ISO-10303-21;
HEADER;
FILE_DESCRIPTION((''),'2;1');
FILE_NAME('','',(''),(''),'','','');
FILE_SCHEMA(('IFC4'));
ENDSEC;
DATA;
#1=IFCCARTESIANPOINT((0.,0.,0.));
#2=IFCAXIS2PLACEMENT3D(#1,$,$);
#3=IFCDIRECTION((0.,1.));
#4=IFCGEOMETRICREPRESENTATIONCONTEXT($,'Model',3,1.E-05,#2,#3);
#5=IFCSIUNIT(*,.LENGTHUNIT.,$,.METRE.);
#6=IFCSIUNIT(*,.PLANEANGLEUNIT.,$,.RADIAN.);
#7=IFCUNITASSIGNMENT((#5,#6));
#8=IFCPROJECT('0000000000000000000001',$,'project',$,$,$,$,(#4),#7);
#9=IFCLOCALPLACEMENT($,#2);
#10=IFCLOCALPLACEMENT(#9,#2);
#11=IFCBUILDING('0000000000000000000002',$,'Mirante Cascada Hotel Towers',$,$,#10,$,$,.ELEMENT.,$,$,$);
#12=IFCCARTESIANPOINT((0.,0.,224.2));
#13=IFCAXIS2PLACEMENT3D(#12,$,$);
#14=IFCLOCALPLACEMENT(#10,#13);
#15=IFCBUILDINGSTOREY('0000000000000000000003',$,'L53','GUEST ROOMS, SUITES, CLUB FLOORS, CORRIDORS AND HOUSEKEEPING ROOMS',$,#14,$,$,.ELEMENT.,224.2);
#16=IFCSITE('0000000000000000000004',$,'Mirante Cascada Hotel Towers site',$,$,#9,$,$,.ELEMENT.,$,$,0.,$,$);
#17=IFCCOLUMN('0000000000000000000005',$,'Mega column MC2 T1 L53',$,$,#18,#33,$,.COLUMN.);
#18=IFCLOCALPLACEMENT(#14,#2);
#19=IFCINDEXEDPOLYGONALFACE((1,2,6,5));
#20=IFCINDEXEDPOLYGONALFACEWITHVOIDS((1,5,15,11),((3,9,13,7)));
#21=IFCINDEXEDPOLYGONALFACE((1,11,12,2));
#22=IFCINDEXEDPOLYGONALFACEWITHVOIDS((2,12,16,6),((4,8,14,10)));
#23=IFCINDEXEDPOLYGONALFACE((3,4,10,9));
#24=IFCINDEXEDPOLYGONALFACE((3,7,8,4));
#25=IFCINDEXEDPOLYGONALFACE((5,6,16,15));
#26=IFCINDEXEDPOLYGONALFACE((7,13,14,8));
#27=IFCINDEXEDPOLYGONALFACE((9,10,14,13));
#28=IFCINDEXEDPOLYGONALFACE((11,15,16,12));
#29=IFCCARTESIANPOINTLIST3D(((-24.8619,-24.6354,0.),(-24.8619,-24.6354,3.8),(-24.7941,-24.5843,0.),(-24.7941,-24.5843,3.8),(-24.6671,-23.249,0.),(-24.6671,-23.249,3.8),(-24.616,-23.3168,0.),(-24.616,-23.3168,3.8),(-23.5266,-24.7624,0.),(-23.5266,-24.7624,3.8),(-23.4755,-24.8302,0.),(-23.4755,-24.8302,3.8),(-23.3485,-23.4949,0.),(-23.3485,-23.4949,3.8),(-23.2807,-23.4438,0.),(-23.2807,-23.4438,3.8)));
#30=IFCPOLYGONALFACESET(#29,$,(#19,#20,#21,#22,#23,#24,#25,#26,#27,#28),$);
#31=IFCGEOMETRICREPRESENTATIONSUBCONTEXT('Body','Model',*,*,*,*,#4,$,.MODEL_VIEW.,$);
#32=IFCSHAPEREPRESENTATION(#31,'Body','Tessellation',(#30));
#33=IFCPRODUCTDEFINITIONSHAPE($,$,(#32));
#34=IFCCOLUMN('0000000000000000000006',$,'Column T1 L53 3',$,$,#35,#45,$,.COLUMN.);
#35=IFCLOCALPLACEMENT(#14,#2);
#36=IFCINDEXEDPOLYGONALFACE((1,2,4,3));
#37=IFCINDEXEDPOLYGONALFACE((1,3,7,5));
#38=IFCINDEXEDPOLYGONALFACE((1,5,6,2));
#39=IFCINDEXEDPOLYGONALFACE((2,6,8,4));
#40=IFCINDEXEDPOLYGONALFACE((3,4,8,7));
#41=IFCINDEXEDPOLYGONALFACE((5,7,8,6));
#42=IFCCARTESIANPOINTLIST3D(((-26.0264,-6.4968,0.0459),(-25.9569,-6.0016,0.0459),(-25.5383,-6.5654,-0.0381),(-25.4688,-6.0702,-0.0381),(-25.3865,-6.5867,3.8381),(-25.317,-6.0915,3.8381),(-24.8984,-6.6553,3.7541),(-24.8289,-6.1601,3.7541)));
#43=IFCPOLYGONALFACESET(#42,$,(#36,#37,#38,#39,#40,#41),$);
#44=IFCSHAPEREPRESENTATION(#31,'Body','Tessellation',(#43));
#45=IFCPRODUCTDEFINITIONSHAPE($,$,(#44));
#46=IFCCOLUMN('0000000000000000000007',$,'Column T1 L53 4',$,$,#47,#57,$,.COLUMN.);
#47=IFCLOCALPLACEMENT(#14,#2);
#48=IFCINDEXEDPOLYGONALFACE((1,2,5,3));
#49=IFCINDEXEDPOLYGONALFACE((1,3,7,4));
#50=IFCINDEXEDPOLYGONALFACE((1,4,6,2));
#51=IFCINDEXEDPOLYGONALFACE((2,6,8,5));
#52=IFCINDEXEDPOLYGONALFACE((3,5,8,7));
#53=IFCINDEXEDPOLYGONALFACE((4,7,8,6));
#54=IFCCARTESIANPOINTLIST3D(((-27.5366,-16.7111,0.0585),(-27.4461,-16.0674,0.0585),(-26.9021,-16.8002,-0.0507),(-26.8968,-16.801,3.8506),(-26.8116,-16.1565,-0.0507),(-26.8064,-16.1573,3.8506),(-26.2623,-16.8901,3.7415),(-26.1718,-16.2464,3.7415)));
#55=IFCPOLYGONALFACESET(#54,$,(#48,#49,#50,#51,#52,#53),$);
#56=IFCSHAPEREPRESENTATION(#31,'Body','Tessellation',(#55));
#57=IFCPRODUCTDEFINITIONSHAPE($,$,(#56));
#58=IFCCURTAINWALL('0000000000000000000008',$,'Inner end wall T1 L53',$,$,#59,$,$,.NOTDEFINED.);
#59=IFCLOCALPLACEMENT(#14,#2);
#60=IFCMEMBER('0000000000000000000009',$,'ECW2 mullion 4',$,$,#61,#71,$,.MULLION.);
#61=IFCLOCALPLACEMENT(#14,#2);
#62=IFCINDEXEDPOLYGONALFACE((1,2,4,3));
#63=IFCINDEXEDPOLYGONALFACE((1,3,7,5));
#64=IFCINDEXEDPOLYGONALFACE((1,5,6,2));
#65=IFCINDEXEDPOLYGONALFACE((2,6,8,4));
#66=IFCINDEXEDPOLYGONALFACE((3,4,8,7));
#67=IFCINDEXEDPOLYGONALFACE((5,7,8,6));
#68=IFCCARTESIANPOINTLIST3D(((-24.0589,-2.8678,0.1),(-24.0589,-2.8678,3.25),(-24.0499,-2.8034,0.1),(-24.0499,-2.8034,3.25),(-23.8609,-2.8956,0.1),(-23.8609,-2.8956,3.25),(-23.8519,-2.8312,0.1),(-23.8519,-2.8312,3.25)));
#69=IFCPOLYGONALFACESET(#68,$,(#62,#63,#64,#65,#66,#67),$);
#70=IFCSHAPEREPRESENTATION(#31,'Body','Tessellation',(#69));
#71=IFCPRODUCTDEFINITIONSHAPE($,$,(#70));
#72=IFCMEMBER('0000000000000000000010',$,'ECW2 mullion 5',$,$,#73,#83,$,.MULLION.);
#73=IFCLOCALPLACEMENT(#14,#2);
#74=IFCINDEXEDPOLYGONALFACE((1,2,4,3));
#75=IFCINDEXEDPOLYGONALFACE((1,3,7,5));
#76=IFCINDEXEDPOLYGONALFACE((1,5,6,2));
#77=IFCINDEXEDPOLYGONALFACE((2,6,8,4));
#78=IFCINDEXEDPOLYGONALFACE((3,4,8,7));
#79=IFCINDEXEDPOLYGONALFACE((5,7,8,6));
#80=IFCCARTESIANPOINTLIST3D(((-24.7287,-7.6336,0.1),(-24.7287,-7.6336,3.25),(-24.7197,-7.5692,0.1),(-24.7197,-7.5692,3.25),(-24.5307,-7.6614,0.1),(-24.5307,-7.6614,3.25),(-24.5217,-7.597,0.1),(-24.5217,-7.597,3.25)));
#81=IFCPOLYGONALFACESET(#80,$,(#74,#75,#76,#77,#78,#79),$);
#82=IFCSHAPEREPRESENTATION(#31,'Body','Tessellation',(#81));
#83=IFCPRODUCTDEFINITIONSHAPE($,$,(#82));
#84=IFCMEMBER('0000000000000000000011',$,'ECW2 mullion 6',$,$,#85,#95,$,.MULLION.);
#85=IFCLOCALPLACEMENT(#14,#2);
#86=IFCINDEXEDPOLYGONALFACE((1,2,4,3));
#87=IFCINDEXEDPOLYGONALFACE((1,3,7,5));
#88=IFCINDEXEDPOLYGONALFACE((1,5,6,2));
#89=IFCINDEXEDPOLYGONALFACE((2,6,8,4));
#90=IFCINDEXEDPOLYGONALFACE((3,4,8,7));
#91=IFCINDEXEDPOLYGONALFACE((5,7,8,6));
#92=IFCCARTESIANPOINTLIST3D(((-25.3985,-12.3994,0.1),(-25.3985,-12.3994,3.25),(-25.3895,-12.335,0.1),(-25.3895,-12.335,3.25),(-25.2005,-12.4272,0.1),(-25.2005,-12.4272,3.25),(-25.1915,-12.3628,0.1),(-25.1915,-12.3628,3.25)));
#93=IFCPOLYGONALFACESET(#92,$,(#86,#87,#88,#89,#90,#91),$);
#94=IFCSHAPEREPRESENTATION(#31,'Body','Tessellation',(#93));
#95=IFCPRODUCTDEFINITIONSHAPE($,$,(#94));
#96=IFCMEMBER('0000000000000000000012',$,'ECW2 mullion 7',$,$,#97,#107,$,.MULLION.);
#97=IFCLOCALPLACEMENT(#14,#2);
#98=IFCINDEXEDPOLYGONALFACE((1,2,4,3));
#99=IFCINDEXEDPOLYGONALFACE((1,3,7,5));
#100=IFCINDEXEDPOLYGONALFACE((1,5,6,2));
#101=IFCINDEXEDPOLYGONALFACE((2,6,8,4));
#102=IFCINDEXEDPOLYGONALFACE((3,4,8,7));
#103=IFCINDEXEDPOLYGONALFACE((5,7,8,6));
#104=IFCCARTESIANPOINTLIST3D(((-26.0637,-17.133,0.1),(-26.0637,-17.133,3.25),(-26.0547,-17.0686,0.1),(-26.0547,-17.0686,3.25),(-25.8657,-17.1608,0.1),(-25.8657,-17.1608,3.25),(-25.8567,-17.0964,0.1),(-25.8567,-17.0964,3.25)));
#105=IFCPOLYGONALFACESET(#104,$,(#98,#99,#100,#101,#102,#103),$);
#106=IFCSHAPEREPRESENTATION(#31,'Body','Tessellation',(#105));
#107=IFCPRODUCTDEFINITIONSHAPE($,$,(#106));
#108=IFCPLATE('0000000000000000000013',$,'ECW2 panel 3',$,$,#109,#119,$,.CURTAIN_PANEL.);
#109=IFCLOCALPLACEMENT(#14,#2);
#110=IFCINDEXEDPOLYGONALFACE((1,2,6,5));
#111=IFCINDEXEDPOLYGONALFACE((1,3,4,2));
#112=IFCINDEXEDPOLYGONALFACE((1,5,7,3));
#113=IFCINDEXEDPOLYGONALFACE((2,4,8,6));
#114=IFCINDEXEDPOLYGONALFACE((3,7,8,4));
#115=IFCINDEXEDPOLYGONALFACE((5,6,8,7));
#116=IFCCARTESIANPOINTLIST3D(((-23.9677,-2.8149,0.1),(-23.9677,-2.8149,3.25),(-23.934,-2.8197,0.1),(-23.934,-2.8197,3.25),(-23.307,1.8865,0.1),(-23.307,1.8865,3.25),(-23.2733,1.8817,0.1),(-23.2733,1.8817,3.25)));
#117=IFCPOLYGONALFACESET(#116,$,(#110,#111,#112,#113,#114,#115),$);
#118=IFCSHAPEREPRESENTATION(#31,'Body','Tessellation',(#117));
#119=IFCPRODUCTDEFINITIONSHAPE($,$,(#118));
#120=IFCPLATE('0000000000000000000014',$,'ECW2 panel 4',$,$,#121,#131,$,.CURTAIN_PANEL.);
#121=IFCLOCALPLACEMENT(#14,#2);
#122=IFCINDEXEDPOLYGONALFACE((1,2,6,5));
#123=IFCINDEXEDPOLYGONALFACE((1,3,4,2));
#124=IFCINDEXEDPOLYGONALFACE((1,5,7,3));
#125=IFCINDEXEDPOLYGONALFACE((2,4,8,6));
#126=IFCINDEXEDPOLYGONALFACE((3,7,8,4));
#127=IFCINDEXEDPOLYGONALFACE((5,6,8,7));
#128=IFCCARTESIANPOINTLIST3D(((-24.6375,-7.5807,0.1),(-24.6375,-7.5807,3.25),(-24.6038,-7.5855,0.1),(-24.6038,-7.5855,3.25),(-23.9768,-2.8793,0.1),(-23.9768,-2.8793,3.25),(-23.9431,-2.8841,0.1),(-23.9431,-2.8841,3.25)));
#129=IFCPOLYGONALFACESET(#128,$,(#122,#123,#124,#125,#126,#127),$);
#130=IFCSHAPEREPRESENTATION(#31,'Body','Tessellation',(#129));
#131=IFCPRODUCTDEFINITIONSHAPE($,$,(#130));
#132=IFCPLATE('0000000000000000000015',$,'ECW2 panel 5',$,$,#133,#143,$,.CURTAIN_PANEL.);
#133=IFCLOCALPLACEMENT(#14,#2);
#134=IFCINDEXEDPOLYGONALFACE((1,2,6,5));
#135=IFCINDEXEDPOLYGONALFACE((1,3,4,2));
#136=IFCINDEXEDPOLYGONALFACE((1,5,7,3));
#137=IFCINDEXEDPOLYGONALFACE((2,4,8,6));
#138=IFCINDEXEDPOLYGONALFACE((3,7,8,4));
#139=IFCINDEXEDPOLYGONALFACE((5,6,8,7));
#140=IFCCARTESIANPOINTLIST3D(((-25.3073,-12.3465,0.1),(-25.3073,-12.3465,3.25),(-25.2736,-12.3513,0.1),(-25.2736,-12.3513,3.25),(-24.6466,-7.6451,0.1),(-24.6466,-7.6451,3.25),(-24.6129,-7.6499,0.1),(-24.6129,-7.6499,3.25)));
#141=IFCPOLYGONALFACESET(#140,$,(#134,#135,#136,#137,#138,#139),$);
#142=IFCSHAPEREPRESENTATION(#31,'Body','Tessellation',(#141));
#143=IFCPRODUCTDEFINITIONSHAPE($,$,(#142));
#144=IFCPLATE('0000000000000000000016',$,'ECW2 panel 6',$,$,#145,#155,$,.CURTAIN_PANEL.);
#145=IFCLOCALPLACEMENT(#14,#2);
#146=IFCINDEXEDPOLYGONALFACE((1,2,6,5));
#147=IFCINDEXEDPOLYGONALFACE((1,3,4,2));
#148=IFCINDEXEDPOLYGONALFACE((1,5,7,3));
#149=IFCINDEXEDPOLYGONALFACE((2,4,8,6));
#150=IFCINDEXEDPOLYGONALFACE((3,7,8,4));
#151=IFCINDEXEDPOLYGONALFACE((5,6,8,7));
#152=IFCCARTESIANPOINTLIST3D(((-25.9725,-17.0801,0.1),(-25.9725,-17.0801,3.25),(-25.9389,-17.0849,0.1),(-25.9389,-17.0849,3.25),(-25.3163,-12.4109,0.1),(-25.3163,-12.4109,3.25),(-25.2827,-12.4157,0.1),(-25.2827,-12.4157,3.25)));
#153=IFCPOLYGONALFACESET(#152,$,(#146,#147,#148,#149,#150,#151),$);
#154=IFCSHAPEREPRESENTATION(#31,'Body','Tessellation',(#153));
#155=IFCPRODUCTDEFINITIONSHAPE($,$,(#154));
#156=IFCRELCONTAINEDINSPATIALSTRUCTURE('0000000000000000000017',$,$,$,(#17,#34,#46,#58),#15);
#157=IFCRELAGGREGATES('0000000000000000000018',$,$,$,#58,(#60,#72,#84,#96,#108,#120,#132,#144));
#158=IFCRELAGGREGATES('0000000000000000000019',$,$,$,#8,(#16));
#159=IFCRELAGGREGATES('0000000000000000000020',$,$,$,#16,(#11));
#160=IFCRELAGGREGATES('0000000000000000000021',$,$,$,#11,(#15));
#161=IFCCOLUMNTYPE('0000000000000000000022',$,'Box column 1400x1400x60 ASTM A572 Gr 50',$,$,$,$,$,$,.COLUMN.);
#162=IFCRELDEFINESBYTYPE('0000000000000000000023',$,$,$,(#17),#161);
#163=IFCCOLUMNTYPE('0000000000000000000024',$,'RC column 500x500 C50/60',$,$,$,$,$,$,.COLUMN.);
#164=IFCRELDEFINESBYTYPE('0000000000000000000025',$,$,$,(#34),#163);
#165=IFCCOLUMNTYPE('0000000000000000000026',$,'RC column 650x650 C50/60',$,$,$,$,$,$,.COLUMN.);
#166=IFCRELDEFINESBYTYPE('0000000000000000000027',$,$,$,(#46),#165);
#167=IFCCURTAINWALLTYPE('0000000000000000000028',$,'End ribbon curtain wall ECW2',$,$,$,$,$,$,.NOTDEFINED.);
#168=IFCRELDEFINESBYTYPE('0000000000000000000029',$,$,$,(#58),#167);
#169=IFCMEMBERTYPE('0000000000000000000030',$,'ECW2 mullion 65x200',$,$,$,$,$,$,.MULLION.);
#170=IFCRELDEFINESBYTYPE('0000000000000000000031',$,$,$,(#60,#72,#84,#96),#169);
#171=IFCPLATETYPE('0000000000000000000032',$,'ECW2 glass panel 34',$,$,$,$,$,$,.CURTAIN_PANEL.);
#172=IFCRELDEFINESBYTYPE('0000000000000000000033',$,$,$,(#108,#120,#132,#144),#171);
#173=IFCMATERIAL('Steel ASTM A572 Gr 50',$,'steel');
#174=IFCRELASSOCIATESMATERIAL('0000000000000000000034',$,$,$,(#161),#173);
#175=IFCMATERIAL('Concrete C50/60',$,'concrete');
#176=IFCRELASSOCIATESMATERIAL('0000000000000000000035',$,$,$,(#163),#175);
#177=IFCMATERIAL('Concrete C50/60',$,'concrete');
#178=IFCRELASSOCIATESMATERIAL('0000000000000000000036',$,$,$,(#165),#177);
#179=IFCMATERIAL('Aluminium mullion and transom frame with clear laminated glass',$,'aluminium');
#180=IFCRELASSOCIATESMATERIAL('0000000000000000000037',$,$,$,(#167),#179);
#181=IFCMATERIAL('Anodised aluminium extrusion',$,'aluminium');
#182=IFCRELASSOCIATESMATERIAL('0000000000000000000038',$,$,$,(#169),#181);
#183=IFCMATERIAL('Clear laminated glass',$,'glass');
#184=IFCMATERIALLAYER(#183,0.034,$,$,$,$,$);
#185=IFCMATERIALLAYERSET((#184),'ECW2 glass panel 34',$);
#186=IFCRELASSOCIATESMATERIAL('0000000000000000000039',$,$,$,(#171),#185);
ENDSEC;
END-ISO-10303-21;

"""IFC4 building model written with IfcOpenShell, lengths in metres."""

from ifc_helpers import new_model, si_unit, direction, frame, origin, origin_2d, place, context, subcontext, project, spatial, rectangle, hollow_rectangle, extrude, material, layer, layer_set, material_profile, profile_set, type_object, element, aggregate, save


model = new_model("IFC4")

# Units and contexts
model_context = context("Model", 3, precision=1e-05, world=origin(), true_north=direction((0.0, 1.0)))
body_context = subcontext(model_context, "Body", "Model", "MODEL_VIEW")
ifc_project = project(units=[si_unit("LENGTHUNIT", "METRE"), si_unit("PLANEANGLEUNIT", "RADIAN")], contexts=[model_context])

# Site, building, storey
site_placement = place(None, origin())
site = spatial("IfcSite", under=ifc_project, at=site_placement, Name="Mirante Cascada Hotel Towers site", CompositionType="ELEMENT", RefElevation=0.0)
building_placement = place(site_placement, origin())
building = spatial("IfcBuilding", under=site, at=building_placement, Name="Mirante Cascada Hotel Towers", CompositionType="ELEMENT")
storey_placement = place(building_placement, frame((0.0, 0.0, 224.2)))
storey = spatial("IfcBuildingStorey", under=building, at=storey_placement, Name="L53", Description="GUEST ROOMS, SUITES, CLUB FLOORS, CORRIDORS AND HOUSEKEEPING ROOMS", CompositionType="ELEMENT", Elevation=224.2)

# Columns
ifc_material_1 = material(Name="Steel ASTM A572 Gr 50", Category="steel")
ifc_material_profile_1 = material_profile(ifc_material_1, hollow_rectangle(XDim=1.4, YDim=1.4, WallThickness=0.06, at=origin_2d()), Name="Box column 1400x1400x60 ASTM A572 Gr 50")
ifc_profile_set_1 = profile_set([ifc_material_profile_1], Name="Steel ASTM A572 Gr 50")
column_type_1 = type_object("IfcColumnType", Name="Box column 1400x1400x60 ASTM A572 Gr 50", PredefinedType="COLUMN", material=ifc_profile_set_1)
column_1_placement = place(storey_placement, frame((-24.0713, -24.0396, 0.0), z_axis=(0.0, 0.0, 1.0), x_axis=(-0.990268, 0.139173, 0.0)))
element("IfcColumn", 1, at=column_1_placement, inside=storey, type_object=column_type_1, Name="Mega column MC2 T1 L53", PredefinedType="COLUMN", context=body_context, shape_type="SweptSolid", body=[
    extrude(hollow_rectangle(XDim=1.4, YDim=1.4, WallThickness=0.06, at=origin_2d()), origin(), (0.0, 0.0, 1.0), 3.8),
])
ifc_material_2 = material(Name="Concrete C50/60", Category="concrete")
ifc_material_profile_2 = material_profile(ifc_material_2, rectangle(XDim=0.5, YDim=0.5, at=origin_2d()), Name="RC column 500x500 C50/60")
ifc_profile_set_2 = profile_set([ifc_material_profile_2], Name="Concrete C50/60")
column_type_2 = type_object("IfcColumnType", Name="RC column 500x500 C50/60", PredefinedType="COLUMN", material=ifc_profile_set_2)
column_2_placement = place(storey_placement, frame((-25.7476, -6.2835, 0.0039), z_axis=(0.166343, -0.02337, 0.985791), x_axis=(0.139124, 0.990275, 0.0)))
element("IfcColumn", 2, at=column_2_placement, inside=storey, type_object=column_type_2, Name="Column T1 L53 3", PredefinedType="COLUMN", context=body_context, shape_type="SweptSolid", body=[
    extrude(rectangle(XDim=0.5, YDim=0.5, at=origin_2d()), origin(), (0.0, 0.0, 1.0), 3.8469),
])
ifc_material_3 = material(Name="Concrete C50/60", Category="concrete")
ifc_material_profile_3 = material_profile(ifc_material_3, rectangle(XDim=0.65, YDim=0.65, at=origin_2d()), Name="RC column 650x650 C50/60")
ifc_profile_set_3 = profile_set([ifc_material_profile_3], Name="Concrete C50/60")
column_type_3 = type_object("IfcColumnType", Name="RC column 650x650 C50/60", PredefinedType="COLUMN", material=ifc_profile_set_3)
column_3_placement = place(storey_placement, frame((-27.1741, -16.4338, 0.0039), z_axis=(0.166318, -0.02337, 0.985795), x_axis=(0.139146, 0.990272, 0.0)))
element("IfcColumn", 3, at=column_3_placement, inside=storey, type_object=column_type_3, Name="Column T1 L53 4", PredefinedType="COLUMN", context=body_context, shape_type="SweptSolid", body=[
    extrude(rectangle(XDim=0.65, YDim=0.65, at=origin_2d()), origin(), (0.0, 0.0, 1.0), 3.8468),
])

# Curtain wall, members, plates
ifc_material_4 = material(Name="Aluminium mullion and transom frame with clear laminated glass", Category="aluminium")
curtain_wall_type = type_object("IfcCurtainWallType", Name="End ribbon curtain wall ECW2", PredefinedType="NOTDEFINED", material=ifc_material_4)
curtain_wall_placement = place(storey_placement, origin())
curtain_wall = element("IfcCurtainWall", 4, at=curtain_wall_placement, inside=storey, type_object=curtain_wall_type, Name="Inner end wall T1 L53", PredefinedType="NOTDEFINED")
ifc_material_5 = material(Name="Anodised aluminium extrusion", Category="aluminium")
ifc_material_profile_4 = material_profile(ifc_material_5, rectangle(XDim=0.2, YDim=0.065, at=origin_2d()), Name="ECW2 MULLION 65x200")
ifc_profile_set_4 = profile_set([ifc_material_profile_4], Name="Anodised aluminium extrusion")
member_type = type_object("IfcMemberType", Name="ECW2 mullion 65x200", PredefinedType="MULLION", material=ifc_profile_set_4)
member_1_placement = place(storey_placement, frame((-23.9554, -2.8495, 0.1), z_axis=(0.0, 0.0, 1.0), x_axis=(0.990268, -0.139173, 0.0)))
member_1 = element("IfcMember", 5, at=member_1_placement, type_object=member_type, Name="ECW2 mullion 4", PredefinedType="MULLION", context=body_context, shape_type="SweptSolid", body=[
    extrude(rectangle(XDim=0.2, YDim=0.065, at=origin_2d()), origin(), (0.0, 0.0, 1.0), 3.15),
])
member_2_placement = place(storey_placement, frame((-24.6252, -7.6153, 0.1), z_axis=(0.0, 0.0, 1.0), x_axis=(0.990268, -0.139173, 0.0)))
member_2 = element("IfcMember", 6, at=member_2_placement, type_object=member_type, Name="ECW2 mullion 5", PredefinedType="MULLION", context=body_context, shape_type="SweptSolid", body=[
    extrude(rectangle(XDim=0.2, YDim=0.065, at=origin_2d()), origin(), (0.0, 0.0, 1.0), 3.15),
])
member_3_placement = place(storey_placement, frame((-25.295, -12.3811, 0.1), z_axis=(0.0, 0.0, 1.0), x_axis=(0.990268, -0.139173, 0.0)))
member_3 = element("IfcMember", 7, at=member_3_placement, type_object=member_type, Name="ECW2 mullion 6", PredefinedType="MULLION", context=body_context, shape_type="SweptSolid", body=[
    extrude(rectangle(XDim=0.2, YDim=0.065, at=origin_2d()), origin(), (0.0, 0.0, 1.0), 3.15),
])
member_4_placement = place(storey_placement, frame((-25.9602, -17.1147, 0.1), z_axis=(0.0, 0.0, 1.0), x_axis=(0.990268, -0.139173, 0.0)))
member_4 = element("IfcMember", 8, at=member_4_placement, type_object=member_type, Name="ECW2 mullion 7", PredefinedType="MULLION", context=body_context, shape_type="SweptSolid", body=[
    extrude(rectangle(XDim=0.2, YDim=0.065, at=origin_2d()), origin(), (0.0, 0.0, 1.0), 3.15),
])
ifc_material_6 = material(Name="Clear laminated glass", Category="glass")
ifc_layer_1 = layer(ifc_material_6, 0.034)
ifc_layer_set_1 = layer_set([ifc_layer_1], Name="ECW2 glass panel 34")
plate_type = type_object("IfcPlateType", Name="ECW2 glass panel 34", PredefinedType="CURTAIN_PANEL", material=ifc_layer_set_1)
plate_1_placement = place(storey_placement, frame((-23.6205, -0.4666, 0.1), z_axis=(0.0, 0.0, 1.0), x_axis=(-0.139173, -0.990268, 0.0)))
plate_1 = element("IfcPlate", 9, at=plate_1_placement, type_object=plate_type, Name="ECW2 panel 3", PredefinedType="CURTAIN_PANEL", context=body_context, shape_type="SweptSolid", body=[
    extrude(rectangle(XDim=4.7476, YDim=0.034, at=origin_2d()), origin(), (0.0, 0.0, 1.0), 3.15),
])
plate_2_placement = place(storey_placement, frame((-24.2903, -5.2324, 0.1), z_axis=(0.0, 0.0, 1.0), x_axis=(-0.139173, -0.990268, 0.0)))
plate_2 = element("IfcPlate", 10, at=plate_2_placement, type_object=plate_type, Name="ECW2 panel 4", PredefinedType="CURTAIN_PANEL", context=body_context, shape_type="SweptSolid", body=[
    extrude(rectangle(XDim=4.7476, YDim=0.034, at=origin_2d()), origin(), (0.0, 0.0, 1.0), 3.15),
])
plate_3_placement = place(storey_placement, frame((-24.9601, -9.9982, 0.1), z_axis=(0.0, 0.0, 1.0), x_axis=(-0.139173, -0.990268, 0.0)))
plate_3 = element("IfcPlate", 11, at=plate_3_placement, type_object=plate_type, Name="ECW2 panel 5", PredefinedType="CURTAIN_PANEL", context=body_context, shape_type="SweptSolid", body=[
    extrude(rectangle(XDim=4.7476, YDim=0.034, at=origin_2d()), origin(), (0.0, 0.0, 1.0), 3.15),
])
plate_4_placement = place(storey_placement, frame((-25.6276, -14.7479, 0.1), z_axis=(0.0, 0.0, 1.0), x_axis=(-0.139173, -0.990268, 0.0)))
plate_4 = element("IfcPlate", 12, at=plate_4_placement, type_object=plate_type, Name="ECW2 panel 6", PredefinedType="CURTAIN_PANEL", context=body_context, shape_type="SweptSolid", body=[
    extrude(rectangle(XDim=4.7151, YDim=0.034, at=origin_2d()), origin(), (0.0, 0.0, 1.0), 3.15),
])
aggregate(curtain_wall, [member_1, member_2, member_3, member_4, plate_1, plate_2, plate_3, plate_4])

save(model, "model.ifc")
